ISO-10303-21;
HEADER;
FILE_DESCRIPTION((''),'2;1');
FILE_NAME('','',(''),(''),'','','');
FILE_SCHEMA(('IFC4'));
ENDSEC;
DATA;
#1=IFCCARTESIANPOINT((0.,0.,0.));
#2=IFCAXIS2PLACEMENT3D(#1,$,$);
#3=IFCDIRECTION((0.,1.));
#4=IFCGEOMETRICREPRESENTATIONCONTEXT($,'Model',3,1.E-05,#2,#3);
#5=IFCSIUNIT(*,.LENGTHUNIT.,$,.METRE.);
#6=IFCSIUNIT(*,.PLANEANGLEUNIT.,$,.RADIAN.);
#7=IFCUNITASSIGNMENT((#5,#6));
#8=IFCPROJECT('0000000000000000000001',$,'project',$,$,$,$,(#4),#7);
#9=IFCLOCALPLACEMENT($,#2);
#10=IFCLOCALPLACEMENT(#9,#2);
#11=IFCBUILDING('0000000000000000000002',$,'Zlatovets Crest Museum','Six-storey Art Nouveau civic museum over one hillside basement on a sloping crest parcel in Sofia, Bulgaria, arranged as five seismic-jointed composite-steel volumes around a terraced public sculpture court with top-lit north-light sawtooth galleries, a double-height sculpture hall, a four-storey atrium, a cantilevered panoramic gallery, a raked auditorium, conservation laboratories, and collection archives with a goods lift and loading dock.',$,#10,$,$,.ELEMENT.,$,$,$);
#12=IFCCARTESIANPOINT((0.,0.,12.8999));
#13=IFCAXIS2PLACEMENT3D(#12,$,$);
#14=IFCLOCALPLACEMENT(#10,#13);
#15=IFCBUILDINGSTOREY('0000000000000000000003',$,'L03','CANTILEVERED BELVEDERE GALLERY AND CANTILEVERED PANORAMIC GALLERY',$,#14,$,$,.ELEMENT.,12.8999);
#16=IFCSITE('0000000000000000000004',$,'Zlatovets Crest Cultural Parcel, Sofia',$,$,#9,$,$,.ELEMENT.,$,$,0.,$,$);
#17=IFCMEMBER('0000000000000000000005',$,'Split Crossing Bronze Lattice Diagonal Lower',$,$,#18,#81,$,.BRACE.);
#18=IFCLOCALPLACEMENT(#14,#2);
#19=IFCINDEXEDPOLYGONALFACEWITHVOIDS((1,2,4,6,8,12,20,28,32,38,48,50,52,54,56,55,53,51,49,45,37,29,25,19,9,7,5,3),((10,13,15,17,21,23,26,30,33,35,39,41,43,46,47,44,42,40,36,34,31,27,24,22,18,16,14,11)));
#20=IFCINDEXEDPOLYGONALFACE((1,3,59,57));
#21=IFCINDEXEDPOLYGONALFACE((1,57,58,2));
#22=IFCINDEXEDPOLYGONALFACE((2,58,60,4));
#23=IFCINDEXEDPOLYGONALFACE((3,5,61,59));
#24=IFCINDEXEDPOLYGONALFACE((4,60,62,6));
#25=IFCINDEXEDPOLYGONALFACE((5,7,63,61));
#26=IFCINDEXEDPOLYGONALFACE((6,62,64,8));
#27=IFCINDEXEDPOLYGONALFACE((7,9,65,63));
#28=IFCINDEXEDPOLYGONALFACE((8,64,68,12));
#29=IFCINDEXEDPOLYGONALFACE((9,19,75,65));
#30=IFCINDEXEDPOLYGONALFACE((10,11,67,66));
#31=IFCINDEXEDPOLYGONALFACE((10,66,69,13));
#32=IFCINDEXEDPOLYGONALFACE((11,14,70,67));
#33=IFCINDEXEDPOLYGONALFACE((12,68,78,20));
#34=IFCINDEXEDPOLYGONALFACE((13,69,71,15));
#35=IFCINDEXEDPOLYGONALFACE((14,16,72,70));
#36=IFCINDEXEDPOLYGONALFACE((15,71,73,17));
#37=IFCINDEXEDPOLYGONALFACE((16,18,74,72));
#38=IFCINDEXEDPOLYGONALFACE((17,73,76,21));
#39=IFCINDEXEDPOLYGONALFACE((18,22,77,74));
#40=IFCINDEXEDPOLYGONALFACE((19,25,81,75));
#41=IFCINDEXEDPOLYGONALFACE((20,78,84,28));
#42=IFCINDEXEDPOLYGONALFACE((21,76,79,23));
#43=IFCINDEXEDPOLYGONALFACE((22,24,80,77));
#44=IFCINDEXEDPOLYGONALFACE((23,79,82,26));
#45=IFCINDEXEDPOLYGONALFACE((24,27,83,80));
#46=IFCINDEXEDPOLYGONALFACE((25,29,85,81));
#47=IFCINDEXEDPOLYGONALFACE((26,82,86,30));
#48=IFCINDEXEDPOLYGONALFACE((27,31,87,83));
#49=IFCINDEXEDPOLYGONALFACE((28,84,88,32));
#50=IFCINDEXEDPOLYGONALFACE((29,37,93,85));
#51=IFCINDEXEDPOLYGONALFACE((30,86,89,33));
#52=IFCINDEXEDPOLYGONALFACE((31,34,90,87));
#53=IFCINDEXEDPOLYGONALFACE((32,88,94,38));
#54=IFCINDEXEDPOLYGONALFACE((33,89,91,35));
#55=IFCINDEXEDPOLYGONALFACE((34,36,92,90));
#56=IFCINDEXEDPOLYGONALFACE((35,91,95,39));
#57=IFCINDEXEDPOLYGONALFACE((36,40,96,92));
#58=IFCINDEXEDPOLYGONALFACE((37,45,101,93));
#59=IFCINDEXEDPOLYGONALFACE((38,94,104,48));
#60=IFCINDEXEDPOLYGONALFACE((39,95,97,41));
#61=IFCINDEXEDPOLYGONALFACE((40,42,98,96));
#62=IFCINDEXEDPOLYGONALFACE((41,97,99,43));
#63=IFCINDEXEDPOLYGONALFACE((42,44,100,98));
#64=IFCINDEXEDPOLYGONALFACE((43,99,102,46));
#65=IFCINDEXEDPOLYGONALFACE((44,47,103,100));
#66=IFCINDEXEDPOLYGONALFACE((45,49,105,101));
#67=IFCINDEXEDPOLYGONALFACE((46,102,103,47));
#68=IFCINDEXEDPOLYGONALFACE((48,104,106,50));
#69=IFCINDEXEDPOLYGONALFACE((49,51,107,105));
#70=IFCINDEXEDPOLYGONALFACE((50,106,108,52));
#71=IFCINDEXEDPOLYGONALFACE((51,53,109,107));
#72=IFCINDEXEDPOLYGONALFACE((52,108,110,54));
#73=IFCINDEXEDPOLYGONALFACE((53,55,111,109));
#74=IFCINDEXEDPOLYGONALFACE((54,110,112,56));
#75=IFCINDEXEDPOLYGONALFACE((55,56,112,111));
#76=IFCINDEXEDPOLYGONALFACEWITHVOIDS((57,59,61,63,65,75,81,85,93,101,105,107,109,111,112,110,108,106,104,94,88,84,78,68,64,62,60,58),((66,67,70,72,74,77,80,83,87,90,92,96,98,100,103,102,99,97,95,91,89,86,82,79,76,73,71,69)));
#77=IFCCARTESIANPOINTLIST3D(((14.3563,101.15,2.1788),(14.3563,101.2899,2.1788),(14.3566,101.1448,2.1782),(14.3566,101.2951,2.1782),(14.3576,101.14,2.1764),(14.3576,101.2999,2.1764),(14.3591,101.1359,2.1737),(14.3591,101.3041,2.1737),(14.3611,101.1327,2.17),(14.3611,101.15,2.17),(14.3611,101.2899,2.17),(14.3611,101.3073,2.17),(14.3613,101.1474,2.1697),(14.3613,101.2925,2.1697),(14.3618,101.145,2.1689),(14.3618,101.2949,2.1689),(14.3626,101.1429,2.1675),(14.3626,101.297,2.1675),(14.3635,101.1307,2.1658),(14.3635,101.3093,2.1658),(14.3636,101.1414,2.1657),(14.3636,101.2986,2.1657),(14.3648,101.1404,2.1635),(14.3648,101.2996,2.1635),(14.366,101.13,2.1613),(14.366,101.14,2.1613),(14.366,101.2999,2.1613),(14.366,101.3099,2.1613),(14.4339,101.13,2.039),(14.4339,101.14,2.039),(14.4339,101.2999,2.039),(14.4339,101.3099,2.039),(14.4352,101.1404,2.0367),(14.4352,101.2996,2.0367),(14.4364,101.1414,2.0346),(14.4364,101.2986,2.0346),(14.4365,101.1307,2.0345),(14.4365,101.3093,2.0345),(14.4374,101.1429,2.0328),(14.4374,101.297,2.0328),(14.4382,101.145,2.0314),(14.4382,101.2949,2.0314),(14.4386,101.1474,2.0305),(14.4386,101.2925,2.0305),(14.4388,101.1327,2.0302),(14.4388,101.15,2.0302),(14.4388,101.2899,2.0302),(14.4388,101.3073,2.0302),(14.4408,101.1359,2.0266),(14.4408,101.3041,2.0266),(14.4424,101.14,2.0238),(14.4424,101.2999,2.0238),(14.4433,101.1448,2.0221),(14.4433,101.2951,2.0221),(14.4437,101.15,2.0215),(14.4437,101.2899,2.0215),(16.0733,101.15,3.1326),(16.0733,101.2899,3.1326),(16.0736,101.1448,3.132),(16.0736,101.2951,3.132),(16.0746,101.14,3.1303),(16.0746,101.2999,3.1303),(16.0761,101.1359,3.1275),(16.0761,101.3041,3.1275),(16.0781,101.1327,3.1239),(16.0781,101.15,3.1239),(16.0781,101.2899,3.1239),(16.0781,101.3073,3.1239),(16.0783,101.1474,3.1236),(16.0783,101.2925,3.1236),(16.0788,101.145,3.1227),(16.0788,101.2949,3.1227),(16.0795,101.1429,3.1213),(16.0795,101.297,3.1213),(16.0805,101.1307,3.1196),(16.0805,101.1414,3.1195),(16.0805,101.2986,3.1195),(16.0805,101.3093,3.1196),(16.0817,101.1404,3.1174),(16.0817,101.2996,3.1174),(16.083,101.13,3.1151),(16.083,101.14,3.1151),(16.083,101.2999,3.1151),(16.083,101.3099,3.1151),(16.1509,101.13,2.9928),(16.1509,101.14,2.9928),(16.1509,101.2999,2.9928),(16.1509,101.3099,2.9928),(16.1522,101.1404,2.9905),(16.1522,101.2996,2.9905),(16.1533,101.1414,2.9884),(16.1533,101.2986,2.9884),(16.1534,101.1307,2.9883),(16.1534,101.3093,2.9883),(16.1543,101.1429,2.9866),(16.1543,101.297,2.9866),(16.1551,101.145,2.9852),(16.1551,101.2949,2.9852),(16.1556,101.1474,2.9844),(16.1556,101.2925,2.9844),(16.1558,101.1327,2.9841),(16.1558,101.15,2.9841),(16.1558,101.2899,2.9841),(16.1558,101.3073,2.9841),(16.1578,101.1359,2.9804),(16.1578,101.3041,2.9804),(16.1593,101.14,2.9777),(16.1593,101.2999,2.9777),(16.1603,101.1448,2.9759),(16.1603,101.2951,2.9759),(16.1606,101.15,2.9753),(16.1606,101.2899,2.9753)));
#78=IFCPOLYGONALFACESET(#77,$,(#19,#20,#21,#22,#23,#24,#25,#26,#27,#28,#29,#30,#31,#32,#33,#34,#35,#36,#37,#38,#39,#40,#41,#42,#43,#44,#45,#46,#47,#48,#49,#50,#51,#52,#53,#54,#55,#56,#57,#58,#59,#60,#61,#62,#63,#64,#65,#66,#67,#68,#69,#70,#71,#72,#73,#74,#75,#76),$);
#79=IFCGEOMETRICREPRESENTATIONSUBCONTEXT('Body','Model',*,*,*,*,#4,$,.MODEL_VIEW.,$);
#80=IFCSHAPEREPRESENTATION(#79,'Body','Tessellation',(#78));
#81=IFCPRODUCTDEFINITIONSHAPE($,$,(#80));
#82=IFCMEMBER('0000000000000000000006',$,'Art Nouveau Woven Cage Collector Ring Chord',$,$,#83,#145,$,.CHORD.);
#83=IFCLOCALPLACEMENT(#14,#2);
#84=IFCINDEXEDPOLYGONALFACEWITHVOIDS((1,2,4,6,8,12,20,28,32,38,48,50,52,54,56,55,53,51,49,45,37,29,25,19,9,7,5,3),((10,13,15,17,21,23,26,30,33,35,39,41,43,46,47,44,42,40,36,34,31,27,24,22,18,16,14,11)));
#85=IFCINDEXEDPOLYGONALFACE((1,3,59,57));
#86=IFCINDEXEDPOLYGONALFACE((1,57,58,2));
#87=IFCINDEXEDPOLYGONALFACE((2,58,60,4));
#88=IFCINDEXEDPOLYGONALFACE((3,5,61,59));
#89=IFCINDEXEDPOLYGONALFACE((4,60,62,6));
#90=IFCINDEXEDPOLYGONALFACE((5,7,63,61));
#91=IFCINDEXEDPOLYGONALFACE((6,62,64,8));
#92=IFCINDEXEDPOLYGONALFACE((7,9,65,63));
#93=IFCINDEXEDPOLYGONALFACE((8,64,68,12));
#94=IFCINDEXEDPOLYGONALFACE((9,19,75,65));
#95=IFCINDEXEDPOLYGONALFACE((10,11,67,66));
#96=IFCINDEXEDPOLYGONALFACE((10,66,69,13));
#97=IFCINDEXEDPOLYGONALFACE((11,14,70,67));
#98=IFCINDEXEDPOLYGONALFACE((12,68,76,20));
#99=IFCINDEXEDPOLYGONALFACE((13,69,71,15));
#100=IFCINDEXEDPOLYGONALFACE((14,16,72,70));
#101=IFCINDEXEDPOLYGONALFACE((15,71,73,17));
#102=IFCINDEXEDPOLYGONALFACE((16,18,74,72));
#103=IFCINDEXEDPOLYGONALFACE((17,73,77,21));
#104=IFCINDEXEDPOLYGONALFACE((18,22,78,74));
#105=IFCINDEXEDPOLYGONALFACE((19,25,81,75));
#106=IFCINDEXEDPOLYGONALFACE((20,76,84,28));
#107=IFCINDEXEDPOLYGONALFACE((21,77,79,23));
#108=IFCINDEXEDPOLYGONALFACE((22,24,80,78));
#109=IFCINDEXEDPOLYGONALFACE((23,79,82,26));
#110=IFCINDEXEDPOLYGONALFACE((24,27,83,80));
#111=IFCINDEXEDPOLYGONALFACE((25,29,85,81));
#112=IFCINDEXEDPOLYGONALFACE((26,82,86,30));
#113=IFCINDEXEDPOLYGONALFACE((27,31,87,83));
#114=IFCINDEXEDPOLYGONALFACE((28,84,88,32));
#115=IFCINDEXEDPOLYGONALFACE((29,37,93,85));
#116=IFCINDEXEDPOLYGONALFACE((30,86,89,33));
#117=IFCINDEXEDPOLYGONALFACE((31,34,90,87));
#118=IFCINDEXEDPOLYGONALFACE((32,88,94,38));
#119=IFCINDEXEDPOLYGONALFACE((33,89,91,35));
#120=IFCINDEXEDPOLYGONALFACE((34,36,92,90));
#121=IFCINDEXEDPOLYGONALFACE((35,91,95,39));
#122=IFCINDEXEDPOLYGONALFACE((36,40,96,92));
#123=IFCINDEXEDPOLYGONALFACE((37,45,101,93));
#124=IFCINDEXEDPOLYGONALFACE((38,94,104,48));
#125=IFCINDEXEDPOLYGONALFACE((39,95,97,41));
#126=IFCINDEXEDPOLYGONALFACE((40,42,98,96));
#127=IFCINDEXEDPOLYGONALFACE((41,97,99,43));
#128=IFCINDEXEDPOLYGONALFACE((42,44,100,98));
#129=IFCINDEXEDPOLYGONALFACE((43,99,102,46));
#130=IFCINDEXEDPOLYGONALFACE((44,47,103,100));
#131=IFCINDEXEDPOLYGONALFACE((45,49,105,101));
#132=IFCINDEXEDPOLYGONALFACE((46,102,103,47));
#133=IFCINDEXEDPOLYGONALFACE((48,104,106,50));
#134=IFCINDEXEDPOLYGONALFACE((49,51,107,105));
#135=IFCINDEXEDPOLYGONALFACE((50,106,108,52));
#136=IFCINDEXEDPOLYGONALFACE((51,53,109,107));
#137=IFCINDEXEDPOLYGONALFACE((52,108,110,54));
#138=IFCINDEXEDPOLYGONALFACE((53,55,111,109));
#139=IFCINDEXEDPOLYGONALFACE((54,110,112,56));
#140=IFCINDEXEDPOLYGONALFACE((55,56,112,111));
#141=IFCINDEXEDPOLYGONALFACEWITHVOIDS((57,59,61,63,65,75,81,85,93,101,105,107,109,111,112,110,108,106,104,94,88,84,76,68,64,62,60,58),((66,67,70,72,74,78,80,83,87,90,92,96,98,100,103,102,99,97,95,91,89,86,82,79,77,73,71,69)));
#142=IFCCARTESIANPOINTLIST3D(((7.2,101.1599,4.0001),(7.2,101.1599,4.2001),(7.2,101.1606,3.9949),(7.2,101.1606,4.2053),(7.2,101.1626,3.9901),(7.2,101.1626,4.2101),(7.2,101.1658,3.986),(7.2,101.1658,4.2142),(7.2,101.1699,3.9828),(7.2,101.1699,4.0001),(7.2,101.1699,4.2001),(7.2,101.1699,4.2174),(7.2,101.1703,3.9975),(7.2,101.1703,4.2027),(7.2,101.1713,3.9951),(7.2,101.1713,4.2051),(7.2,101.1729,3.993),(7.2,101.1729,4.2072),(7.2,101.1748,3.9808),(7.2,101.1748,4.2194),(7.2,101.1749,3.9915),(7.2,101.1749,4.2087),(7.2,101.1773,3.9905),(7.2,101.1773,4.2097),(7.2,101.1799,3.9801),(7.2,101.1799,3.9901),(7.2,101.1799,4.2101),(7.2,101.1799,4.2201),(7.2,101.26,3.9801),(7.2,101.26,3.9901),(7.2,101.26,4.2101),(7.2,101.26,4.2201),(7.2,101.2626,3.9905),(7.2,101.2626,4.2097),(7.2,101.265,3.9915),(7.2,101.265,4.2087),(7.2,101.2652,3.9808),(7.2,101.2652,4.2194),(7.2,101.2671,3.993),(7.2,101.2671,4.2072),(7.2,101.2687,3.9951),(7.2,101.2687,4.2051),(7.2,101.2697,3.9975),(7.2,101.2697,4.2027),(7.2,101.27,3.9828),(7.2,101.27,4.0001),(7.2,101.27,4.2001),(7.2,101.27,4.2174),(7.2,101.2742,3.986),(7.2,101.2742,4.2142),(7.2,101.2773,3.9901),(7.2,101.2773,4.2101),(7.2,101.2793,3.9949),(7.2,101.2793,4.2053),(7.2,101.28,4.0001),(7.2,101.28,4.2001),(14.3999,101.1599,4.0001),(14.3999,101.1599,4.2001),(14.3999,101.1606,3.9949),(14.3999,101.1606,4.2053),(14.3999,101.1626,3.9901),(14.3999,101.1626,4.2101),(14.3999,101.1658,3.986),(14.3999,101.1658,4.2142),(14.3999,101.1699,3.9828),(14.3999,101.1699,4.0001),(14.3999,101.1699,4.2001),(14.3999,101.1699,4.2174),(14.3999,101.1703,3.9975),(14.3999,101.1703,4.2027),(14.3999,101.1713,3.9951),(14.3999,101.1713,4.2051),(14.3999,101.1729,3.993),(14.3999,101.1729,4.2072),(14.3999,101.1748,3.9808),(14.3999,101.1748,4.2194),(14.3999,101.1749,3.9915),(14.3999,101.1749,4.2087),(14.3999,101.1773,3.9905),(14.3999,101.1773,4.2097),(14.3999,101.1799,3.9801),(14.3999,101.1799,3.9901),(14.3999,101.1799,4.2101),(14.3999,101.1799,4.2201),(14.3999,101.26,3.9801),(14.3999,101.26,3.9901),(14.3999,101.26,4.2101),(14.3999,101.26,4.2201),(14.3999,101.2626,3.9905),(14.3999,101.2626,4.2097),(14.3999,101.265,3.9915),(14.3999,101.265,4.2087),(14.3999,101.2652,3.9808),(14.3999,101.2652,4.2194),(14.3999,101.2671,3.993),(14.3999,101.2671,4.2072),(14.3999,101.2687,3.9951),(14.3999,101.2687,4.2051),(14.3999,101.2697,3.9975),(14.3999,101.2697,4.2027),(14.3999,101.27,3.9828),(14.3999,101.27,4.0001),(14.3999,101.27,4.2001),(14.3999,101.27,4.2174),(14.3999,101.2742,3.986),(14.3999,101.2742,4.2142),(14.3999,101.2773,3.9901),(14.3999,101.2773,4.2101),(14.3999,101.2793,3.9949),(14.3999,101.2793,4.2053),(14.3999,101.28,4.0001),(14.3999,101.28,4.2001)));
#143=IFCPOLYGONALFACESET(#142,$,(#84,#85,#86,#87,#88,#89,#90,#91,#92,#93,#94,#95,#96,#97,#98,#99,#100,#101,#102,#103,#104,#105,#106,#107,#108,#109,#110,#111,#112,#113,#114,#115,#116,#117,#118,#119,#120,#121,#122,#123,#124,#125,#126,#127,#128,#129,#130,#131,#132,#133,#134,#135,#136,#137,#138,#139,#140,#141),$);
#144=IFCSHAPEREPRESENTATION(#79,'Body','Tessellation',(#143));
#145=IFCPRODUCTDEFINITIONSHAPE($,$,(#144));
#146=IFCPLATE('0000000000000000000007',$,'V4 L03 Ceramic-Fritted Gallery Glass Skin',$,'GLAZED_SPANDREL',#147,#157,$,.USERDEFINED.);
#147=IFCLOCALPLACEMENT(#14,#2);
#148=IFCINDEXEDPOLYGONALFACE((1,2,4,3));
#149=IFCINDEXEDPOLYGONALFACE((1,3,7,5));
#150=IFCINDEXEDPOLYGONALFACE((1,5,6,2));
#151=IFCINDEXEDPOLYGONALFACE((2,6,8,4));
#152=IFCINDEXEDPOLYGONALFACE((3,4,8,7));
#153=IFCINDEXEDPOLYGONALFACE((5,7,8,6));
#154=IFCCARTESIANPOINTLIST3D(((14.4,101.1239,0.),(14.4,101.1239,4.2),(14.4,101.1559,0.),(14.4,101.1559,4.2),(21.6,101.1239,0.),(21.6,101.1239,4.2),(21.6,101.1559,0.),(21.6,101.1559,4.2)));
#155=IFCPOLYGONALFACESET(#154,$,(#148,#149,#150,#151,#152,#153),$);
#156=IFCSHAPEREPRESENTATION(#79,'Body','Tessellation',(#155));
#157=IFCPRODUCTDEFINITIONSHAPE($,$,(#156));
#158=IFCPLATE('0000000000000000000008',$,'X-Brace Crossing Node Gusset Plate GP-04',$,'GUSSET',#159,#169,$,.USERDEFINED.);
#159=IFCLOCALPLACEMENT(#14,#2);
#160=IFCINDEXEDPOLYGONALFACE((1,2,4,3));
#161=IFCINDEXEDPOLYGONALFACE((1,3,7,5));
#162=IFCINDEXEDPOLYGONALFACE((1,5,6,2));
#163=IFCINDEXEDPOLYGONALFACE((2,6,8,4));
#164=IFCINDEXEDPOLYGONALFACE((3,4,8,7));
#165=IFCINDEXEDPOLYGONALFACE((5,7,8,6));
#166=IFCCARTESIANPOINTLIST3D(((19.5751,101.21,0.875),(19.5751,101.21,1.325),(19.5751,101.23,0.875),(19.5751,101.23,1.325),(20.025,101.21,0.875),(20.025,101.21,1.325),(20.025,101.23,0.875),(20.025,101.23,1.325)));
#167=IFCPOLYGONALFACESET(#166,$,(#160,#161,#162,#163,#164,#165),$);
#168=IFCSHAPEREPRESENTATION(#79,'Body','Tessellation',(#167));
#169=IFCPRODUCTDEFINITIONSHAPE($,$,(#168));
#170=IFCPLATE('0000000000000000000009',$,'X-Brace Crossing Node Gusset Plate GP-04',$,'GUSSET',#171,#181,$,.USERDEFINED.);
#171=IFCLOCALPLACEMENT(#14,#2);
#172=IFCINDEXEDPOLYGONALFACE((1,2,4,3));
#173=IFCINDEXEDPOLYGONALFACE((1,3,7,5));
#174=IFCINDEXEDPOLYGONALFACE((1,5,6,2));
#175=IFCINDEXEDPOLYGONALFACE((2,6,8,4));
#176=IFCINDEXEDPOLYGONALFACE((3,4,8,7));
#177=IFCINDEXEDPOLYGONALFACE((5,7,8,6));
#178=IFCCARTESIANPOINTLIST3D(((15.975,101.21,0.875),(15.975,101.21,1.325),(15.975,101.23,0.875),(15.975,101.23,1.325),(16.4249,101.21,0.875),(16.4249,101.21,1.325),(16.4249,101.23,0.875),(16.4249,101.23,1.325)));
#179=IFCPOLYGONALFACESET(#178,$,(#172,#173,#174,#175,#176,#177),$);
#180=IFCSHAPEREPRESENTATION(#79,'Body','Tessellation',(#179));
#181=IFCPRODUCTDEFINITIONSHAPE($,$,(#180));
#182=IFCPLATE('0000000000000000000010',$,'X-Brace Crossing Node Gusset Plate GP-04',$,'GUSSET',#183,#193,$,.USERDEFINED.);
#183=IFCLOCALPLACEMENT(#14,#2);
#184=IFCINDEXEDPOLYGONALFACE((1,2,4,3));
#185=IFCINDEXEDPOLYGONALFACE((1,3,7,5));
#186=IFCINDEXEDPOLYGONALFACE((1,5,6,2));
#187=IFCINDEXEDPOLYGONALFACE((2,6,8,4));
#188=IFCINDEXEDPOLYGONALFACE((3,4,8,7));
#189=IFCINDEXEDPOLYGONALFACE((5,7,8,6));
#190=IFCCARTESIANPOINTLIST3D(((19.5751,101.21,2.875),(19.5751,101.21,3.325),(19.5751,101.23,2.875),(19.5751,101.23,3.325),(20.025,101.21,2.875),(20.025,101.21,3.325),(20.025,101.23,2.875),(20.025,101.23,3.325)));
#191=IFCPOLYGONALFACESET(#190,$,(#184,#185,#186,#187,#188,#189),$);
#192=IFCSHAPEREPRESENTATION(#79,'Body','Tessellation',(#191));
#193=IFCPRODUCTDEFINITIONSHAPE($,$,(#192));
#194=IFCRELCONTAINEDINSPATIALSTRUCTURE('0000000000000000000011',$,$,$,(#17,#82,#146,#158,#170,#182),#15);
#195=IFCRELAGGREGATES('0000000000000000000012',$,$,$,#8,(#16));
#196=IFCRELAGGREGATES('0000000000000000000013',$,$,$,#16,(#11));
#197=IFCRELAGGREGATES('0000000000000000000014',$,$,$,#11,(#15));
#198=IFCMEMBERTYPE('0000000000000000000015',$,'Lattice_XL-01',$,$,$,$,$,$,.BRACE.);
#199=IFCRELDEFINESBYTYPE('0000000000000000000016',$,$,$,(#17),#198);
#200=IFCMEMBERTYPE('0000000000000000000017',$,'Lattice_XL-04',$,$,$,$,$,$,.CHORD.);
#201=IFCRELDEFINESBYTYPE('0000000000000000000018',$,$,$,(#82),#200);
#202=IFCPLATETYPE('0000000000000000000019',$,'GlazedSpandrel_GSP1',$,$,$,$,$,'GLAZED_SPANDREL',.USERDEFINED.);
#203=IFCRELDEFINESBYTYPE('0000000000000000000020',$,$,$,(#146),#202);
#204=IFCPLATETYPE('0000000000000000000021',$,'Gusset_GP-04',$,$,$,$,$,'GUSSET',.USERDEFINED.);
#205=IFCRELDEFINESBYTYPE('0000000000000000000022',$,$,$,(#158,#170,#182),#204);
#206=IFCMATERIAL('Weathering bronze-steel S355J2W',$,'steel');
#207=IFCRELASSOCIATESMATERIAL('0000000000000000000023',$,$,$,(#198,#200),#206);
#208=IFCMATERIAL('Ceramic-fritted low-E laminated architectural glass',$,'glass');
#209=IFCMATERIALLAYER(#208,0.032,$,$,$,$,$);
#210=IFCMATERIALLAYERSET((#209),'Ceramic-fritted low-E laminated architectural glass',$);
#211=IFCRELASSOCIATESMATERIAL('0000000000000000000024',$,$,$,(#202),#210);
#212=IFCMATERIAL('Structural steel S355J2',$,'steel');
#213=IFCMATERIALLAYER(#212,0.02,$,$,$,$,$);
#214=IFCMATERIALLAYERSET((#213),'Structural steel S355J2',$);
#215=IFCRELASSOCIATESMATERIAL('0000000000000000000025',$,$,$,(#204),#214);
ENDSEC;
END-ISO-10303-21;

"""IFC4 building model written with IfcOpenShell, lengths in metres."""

from ifc_helpers import new_model, si_unit, direction, frame, origin, origin_2d, place, context, subcontext, project, spatial, rectangle, hollow_rectangle, extrude, material, layer, layer_set, material_profile, profile_set, type_object, element, save


model = new_model("IFC4")

# Units and contexts
model_context = context("Model", 3, precision=1e-05, world=origin(), true_north=direction((0.0, 1.0)))
body_context = subcontext(model_context, "Body", "Model", "MODEL_VIEW")
ifc_project = project(units=[si_unit("LENGTHUNIT", "METRE"), si_unit("PLANEANGLEUNIT", "RADIAN")], contexts=[model_context])

# Site, building, storey
site_placement = place(None, origin())
site = spatial("IfcSite", under=ifc_project, at=site_placement, Name="Zlatovets Crest Cultural Parcel, Sofia", CompositionType="ELEMENT", RefElevation=0.0)
building_placement = place(site_placement, origin())
building = spatial("IfcBuilding", under=site, at=building_placement, Name="Zlatovets Crest Museum", Description="Six-storey Art Nouveau civic museum over one hillside basement on a sloping crest parcel in Sofia, Bulgaria, arranged as five seismic-jointed composite-steel volumes around a terraced public sculpture court with top-lit north-light sawtooth galleries, a double-height sculpture hall, a four-storey atrium, a cantilevered panoramic gallery, a raked auditorium, conservation laboratories, and collection archives with a goods lift and loading dock.", CompositionType="ELEMENT")
storey_placement = place(building_placement, frame((0.0, 0.0, 12.8999)))
storey = spatial("IfcBuildingStorey", under=building, at=storey_placement, Name="L03", Description="CANTILEVERED BELVEDERE GALLERY AND CANTILEVERED PANORAMIC GALLERY", CompositionType="ELEMENT", Elevation=12.8999)

# Shared definitions
ifc_material_1 = material(Name="Structural steel S355J2", Category="steel")

# Members
ifc_material_2 = material(Name="Weathering bronze-steel S355J2W", Category="steel")
ifc_material_profile_1 = material_profile(ifc_material_2, hollow_rectangle(XDim=0.1799, YDim=0.1799, WallThickness=0.01, InnerFilletRadius=0.01, OuterFilletRadius=0.02, at=origin_2d()), Name="SHS 180x180x10.0")
ifc_profile_set_1 = profile_set([ifc_material_profile_1], Name="Weathering bronze-steel S355J2W")
member_type_1 = type_object("IfcMemberType", Name="Lattice_XL-01", PredefinedType="BRACE", material=ifc_profile_set_1)
for number, where, z_axis, x_axis, name in (
    (1, (16.1169, 101.22, 3.054), (-0.874169, 0.0, -0.485622), (0.0, -1.0, 0.0), "Split Crossing Bronze Lattice Diagonal Lower"),
):
    element("IfcMember", number, at=place(storey_placement, frame(where, z_axis=z_axis, x_axis=x_axis)), inside=storey, type_object=member_type_1, Name=name, PredefinedType="BRACE", context=body_context, shape_type="SweptSolid", body=[
        extrude(hollow_rectangle(XDim=0.1799, YDim=0.1799, WallThickness=0.01, InnerFilletRadius=0.01, OuterFilletRadius=0.02, at=origin_2d()), origin(), (0.0, 0.0, 1.0), 1.9641),
    ])
ifc_material_profile_2 = material_profile(ifc_material_2, hollow_rectangle(XDim=0.1201, YDim=0.24, WallThickness=0.01, InnerFilletRadius=0.01, OuterFilletRadius=0.02, at=origin_2d()), Name="RHS 120x240x10.0")
ifc_profile_set_2 = profile_set([ifc_material_profile_2], Name="Weathering bronze-steel S355J2W")
member_type_2 = type_object("IfcMemberType", Name="Lattice_XL-04", PredefinedType="CHORD", material=ifc_profile_set_2)
member_1_placement = place(storey_placement, frame((14.3999, 101.22, 4.1001), z_axis=(-1.0, 0.0, 0.0), x_axis=(0.0, -1.0, 0.0)))
element("IfcMember", 2, at=member_1_placement, inside=storey, type_object=member_type_2, Name="Art Nouveau Woven Cage Collector Ring Chord", PredefinedType="CHORD", context=body_context, shape_type="SweptSolid", body=[
    extrude(hollow_rectangle(XDim=0.1201, YDim=0.24, WallThickness=0.01, InnerFilletRadius=0.01, OuterFilletRadius=0.02, at=origin_2d()), origin(), (0.0, 0.0, 1.0), 7.2),
])

# Plates
ifc_material_3 = material(Name="Ceramic-fritted low-E laminated architectural glass", Category="glass")
ifc_layer_1 = layer(ifc_material_3, 0.032)
ifc_layer_set_1 = layer_set([ifc_layer_1], Name="Ceramic-fritted low-E laminated architectural glass")
plate_type_1 = type_object("IfcPlateType", Name="GlazedSpandrel_GSP1", ElementType="GLAZED_SPANDREL", PredefinedType="USERDEFINED", material=ifc_layer_set_1)
plate_placement = place(storey_placement, frame((18.0, 101.1399, 0.0), z_axis=(0.0, 0.0, 1.0), x_axis=(1.0, 0.0, 0.0)))
element("IfcPlate", 3, at=plate_placement, inside=storey, type_object=plate_type_1, Name="V4 L03 Ceramic-Fritted Gallery Glass Skin", ObjectType="GLAZED_SPANDREL", PredefinedType="USERDEFINED", context=body_context, shape_type="SweptSolid", body=[
    extrude(rectangle(XDim=7.2, YDim=0.032, at=origin_2d()), origin(), (0.0, 0.0, 1.0), 4.2),
])
ifc_layer_2 = layer(ifc_material_1, 0.02)
ifc_layer_set_2 = layer_set([ifc_layer_2], Name="Structural steel S355J2")
plate_type_2 = type_object("IfcPlateType", Name="Gusset_GP-04", ElementType="GUSSET", PredefinedType="USERDEFINED", material=ifc_layer_set_2)
for number, where, z_axis, x_axis, name in (
    (4, (19.8, 101.22, 0.875), (0.0, 0.0, 1.0), (1.0, 0.0, 0.0), "X-Brace Crossing Node Gusset Plate GP-04"),
    (5, (16.2, 101.22, 0.875), (0.0, 0.0, 1.0), (1.0, 0.0, 0.0), "X-Brace Crossing Node Gusset Plate GP-04"),
    (6, (19.8, 101.22, 2.875), (0.0, 0.0, 1.0), (1.0, 0.0, 0.0), "X-Brace Crossing Node Gusset Plate GP-04"),
):
    element("IfcPlate", number, at=place(storey_placement, frame(where, z_axis=z_axis, x_axis=x_axis)), inside=storey, type_object=plate_type_2, Name=name, ObjectType="GUSSET", PredefinedType="USERDEFINED", context=body_context, shape_type="SweptSolid", body=[
        extrude(rectangle(XDim=0.45, YDim=0.02, at=origin_2d()), origin(), (0.0, 0.0, 1.0), 0.45),
    ])

save(model, "model.ifc")
